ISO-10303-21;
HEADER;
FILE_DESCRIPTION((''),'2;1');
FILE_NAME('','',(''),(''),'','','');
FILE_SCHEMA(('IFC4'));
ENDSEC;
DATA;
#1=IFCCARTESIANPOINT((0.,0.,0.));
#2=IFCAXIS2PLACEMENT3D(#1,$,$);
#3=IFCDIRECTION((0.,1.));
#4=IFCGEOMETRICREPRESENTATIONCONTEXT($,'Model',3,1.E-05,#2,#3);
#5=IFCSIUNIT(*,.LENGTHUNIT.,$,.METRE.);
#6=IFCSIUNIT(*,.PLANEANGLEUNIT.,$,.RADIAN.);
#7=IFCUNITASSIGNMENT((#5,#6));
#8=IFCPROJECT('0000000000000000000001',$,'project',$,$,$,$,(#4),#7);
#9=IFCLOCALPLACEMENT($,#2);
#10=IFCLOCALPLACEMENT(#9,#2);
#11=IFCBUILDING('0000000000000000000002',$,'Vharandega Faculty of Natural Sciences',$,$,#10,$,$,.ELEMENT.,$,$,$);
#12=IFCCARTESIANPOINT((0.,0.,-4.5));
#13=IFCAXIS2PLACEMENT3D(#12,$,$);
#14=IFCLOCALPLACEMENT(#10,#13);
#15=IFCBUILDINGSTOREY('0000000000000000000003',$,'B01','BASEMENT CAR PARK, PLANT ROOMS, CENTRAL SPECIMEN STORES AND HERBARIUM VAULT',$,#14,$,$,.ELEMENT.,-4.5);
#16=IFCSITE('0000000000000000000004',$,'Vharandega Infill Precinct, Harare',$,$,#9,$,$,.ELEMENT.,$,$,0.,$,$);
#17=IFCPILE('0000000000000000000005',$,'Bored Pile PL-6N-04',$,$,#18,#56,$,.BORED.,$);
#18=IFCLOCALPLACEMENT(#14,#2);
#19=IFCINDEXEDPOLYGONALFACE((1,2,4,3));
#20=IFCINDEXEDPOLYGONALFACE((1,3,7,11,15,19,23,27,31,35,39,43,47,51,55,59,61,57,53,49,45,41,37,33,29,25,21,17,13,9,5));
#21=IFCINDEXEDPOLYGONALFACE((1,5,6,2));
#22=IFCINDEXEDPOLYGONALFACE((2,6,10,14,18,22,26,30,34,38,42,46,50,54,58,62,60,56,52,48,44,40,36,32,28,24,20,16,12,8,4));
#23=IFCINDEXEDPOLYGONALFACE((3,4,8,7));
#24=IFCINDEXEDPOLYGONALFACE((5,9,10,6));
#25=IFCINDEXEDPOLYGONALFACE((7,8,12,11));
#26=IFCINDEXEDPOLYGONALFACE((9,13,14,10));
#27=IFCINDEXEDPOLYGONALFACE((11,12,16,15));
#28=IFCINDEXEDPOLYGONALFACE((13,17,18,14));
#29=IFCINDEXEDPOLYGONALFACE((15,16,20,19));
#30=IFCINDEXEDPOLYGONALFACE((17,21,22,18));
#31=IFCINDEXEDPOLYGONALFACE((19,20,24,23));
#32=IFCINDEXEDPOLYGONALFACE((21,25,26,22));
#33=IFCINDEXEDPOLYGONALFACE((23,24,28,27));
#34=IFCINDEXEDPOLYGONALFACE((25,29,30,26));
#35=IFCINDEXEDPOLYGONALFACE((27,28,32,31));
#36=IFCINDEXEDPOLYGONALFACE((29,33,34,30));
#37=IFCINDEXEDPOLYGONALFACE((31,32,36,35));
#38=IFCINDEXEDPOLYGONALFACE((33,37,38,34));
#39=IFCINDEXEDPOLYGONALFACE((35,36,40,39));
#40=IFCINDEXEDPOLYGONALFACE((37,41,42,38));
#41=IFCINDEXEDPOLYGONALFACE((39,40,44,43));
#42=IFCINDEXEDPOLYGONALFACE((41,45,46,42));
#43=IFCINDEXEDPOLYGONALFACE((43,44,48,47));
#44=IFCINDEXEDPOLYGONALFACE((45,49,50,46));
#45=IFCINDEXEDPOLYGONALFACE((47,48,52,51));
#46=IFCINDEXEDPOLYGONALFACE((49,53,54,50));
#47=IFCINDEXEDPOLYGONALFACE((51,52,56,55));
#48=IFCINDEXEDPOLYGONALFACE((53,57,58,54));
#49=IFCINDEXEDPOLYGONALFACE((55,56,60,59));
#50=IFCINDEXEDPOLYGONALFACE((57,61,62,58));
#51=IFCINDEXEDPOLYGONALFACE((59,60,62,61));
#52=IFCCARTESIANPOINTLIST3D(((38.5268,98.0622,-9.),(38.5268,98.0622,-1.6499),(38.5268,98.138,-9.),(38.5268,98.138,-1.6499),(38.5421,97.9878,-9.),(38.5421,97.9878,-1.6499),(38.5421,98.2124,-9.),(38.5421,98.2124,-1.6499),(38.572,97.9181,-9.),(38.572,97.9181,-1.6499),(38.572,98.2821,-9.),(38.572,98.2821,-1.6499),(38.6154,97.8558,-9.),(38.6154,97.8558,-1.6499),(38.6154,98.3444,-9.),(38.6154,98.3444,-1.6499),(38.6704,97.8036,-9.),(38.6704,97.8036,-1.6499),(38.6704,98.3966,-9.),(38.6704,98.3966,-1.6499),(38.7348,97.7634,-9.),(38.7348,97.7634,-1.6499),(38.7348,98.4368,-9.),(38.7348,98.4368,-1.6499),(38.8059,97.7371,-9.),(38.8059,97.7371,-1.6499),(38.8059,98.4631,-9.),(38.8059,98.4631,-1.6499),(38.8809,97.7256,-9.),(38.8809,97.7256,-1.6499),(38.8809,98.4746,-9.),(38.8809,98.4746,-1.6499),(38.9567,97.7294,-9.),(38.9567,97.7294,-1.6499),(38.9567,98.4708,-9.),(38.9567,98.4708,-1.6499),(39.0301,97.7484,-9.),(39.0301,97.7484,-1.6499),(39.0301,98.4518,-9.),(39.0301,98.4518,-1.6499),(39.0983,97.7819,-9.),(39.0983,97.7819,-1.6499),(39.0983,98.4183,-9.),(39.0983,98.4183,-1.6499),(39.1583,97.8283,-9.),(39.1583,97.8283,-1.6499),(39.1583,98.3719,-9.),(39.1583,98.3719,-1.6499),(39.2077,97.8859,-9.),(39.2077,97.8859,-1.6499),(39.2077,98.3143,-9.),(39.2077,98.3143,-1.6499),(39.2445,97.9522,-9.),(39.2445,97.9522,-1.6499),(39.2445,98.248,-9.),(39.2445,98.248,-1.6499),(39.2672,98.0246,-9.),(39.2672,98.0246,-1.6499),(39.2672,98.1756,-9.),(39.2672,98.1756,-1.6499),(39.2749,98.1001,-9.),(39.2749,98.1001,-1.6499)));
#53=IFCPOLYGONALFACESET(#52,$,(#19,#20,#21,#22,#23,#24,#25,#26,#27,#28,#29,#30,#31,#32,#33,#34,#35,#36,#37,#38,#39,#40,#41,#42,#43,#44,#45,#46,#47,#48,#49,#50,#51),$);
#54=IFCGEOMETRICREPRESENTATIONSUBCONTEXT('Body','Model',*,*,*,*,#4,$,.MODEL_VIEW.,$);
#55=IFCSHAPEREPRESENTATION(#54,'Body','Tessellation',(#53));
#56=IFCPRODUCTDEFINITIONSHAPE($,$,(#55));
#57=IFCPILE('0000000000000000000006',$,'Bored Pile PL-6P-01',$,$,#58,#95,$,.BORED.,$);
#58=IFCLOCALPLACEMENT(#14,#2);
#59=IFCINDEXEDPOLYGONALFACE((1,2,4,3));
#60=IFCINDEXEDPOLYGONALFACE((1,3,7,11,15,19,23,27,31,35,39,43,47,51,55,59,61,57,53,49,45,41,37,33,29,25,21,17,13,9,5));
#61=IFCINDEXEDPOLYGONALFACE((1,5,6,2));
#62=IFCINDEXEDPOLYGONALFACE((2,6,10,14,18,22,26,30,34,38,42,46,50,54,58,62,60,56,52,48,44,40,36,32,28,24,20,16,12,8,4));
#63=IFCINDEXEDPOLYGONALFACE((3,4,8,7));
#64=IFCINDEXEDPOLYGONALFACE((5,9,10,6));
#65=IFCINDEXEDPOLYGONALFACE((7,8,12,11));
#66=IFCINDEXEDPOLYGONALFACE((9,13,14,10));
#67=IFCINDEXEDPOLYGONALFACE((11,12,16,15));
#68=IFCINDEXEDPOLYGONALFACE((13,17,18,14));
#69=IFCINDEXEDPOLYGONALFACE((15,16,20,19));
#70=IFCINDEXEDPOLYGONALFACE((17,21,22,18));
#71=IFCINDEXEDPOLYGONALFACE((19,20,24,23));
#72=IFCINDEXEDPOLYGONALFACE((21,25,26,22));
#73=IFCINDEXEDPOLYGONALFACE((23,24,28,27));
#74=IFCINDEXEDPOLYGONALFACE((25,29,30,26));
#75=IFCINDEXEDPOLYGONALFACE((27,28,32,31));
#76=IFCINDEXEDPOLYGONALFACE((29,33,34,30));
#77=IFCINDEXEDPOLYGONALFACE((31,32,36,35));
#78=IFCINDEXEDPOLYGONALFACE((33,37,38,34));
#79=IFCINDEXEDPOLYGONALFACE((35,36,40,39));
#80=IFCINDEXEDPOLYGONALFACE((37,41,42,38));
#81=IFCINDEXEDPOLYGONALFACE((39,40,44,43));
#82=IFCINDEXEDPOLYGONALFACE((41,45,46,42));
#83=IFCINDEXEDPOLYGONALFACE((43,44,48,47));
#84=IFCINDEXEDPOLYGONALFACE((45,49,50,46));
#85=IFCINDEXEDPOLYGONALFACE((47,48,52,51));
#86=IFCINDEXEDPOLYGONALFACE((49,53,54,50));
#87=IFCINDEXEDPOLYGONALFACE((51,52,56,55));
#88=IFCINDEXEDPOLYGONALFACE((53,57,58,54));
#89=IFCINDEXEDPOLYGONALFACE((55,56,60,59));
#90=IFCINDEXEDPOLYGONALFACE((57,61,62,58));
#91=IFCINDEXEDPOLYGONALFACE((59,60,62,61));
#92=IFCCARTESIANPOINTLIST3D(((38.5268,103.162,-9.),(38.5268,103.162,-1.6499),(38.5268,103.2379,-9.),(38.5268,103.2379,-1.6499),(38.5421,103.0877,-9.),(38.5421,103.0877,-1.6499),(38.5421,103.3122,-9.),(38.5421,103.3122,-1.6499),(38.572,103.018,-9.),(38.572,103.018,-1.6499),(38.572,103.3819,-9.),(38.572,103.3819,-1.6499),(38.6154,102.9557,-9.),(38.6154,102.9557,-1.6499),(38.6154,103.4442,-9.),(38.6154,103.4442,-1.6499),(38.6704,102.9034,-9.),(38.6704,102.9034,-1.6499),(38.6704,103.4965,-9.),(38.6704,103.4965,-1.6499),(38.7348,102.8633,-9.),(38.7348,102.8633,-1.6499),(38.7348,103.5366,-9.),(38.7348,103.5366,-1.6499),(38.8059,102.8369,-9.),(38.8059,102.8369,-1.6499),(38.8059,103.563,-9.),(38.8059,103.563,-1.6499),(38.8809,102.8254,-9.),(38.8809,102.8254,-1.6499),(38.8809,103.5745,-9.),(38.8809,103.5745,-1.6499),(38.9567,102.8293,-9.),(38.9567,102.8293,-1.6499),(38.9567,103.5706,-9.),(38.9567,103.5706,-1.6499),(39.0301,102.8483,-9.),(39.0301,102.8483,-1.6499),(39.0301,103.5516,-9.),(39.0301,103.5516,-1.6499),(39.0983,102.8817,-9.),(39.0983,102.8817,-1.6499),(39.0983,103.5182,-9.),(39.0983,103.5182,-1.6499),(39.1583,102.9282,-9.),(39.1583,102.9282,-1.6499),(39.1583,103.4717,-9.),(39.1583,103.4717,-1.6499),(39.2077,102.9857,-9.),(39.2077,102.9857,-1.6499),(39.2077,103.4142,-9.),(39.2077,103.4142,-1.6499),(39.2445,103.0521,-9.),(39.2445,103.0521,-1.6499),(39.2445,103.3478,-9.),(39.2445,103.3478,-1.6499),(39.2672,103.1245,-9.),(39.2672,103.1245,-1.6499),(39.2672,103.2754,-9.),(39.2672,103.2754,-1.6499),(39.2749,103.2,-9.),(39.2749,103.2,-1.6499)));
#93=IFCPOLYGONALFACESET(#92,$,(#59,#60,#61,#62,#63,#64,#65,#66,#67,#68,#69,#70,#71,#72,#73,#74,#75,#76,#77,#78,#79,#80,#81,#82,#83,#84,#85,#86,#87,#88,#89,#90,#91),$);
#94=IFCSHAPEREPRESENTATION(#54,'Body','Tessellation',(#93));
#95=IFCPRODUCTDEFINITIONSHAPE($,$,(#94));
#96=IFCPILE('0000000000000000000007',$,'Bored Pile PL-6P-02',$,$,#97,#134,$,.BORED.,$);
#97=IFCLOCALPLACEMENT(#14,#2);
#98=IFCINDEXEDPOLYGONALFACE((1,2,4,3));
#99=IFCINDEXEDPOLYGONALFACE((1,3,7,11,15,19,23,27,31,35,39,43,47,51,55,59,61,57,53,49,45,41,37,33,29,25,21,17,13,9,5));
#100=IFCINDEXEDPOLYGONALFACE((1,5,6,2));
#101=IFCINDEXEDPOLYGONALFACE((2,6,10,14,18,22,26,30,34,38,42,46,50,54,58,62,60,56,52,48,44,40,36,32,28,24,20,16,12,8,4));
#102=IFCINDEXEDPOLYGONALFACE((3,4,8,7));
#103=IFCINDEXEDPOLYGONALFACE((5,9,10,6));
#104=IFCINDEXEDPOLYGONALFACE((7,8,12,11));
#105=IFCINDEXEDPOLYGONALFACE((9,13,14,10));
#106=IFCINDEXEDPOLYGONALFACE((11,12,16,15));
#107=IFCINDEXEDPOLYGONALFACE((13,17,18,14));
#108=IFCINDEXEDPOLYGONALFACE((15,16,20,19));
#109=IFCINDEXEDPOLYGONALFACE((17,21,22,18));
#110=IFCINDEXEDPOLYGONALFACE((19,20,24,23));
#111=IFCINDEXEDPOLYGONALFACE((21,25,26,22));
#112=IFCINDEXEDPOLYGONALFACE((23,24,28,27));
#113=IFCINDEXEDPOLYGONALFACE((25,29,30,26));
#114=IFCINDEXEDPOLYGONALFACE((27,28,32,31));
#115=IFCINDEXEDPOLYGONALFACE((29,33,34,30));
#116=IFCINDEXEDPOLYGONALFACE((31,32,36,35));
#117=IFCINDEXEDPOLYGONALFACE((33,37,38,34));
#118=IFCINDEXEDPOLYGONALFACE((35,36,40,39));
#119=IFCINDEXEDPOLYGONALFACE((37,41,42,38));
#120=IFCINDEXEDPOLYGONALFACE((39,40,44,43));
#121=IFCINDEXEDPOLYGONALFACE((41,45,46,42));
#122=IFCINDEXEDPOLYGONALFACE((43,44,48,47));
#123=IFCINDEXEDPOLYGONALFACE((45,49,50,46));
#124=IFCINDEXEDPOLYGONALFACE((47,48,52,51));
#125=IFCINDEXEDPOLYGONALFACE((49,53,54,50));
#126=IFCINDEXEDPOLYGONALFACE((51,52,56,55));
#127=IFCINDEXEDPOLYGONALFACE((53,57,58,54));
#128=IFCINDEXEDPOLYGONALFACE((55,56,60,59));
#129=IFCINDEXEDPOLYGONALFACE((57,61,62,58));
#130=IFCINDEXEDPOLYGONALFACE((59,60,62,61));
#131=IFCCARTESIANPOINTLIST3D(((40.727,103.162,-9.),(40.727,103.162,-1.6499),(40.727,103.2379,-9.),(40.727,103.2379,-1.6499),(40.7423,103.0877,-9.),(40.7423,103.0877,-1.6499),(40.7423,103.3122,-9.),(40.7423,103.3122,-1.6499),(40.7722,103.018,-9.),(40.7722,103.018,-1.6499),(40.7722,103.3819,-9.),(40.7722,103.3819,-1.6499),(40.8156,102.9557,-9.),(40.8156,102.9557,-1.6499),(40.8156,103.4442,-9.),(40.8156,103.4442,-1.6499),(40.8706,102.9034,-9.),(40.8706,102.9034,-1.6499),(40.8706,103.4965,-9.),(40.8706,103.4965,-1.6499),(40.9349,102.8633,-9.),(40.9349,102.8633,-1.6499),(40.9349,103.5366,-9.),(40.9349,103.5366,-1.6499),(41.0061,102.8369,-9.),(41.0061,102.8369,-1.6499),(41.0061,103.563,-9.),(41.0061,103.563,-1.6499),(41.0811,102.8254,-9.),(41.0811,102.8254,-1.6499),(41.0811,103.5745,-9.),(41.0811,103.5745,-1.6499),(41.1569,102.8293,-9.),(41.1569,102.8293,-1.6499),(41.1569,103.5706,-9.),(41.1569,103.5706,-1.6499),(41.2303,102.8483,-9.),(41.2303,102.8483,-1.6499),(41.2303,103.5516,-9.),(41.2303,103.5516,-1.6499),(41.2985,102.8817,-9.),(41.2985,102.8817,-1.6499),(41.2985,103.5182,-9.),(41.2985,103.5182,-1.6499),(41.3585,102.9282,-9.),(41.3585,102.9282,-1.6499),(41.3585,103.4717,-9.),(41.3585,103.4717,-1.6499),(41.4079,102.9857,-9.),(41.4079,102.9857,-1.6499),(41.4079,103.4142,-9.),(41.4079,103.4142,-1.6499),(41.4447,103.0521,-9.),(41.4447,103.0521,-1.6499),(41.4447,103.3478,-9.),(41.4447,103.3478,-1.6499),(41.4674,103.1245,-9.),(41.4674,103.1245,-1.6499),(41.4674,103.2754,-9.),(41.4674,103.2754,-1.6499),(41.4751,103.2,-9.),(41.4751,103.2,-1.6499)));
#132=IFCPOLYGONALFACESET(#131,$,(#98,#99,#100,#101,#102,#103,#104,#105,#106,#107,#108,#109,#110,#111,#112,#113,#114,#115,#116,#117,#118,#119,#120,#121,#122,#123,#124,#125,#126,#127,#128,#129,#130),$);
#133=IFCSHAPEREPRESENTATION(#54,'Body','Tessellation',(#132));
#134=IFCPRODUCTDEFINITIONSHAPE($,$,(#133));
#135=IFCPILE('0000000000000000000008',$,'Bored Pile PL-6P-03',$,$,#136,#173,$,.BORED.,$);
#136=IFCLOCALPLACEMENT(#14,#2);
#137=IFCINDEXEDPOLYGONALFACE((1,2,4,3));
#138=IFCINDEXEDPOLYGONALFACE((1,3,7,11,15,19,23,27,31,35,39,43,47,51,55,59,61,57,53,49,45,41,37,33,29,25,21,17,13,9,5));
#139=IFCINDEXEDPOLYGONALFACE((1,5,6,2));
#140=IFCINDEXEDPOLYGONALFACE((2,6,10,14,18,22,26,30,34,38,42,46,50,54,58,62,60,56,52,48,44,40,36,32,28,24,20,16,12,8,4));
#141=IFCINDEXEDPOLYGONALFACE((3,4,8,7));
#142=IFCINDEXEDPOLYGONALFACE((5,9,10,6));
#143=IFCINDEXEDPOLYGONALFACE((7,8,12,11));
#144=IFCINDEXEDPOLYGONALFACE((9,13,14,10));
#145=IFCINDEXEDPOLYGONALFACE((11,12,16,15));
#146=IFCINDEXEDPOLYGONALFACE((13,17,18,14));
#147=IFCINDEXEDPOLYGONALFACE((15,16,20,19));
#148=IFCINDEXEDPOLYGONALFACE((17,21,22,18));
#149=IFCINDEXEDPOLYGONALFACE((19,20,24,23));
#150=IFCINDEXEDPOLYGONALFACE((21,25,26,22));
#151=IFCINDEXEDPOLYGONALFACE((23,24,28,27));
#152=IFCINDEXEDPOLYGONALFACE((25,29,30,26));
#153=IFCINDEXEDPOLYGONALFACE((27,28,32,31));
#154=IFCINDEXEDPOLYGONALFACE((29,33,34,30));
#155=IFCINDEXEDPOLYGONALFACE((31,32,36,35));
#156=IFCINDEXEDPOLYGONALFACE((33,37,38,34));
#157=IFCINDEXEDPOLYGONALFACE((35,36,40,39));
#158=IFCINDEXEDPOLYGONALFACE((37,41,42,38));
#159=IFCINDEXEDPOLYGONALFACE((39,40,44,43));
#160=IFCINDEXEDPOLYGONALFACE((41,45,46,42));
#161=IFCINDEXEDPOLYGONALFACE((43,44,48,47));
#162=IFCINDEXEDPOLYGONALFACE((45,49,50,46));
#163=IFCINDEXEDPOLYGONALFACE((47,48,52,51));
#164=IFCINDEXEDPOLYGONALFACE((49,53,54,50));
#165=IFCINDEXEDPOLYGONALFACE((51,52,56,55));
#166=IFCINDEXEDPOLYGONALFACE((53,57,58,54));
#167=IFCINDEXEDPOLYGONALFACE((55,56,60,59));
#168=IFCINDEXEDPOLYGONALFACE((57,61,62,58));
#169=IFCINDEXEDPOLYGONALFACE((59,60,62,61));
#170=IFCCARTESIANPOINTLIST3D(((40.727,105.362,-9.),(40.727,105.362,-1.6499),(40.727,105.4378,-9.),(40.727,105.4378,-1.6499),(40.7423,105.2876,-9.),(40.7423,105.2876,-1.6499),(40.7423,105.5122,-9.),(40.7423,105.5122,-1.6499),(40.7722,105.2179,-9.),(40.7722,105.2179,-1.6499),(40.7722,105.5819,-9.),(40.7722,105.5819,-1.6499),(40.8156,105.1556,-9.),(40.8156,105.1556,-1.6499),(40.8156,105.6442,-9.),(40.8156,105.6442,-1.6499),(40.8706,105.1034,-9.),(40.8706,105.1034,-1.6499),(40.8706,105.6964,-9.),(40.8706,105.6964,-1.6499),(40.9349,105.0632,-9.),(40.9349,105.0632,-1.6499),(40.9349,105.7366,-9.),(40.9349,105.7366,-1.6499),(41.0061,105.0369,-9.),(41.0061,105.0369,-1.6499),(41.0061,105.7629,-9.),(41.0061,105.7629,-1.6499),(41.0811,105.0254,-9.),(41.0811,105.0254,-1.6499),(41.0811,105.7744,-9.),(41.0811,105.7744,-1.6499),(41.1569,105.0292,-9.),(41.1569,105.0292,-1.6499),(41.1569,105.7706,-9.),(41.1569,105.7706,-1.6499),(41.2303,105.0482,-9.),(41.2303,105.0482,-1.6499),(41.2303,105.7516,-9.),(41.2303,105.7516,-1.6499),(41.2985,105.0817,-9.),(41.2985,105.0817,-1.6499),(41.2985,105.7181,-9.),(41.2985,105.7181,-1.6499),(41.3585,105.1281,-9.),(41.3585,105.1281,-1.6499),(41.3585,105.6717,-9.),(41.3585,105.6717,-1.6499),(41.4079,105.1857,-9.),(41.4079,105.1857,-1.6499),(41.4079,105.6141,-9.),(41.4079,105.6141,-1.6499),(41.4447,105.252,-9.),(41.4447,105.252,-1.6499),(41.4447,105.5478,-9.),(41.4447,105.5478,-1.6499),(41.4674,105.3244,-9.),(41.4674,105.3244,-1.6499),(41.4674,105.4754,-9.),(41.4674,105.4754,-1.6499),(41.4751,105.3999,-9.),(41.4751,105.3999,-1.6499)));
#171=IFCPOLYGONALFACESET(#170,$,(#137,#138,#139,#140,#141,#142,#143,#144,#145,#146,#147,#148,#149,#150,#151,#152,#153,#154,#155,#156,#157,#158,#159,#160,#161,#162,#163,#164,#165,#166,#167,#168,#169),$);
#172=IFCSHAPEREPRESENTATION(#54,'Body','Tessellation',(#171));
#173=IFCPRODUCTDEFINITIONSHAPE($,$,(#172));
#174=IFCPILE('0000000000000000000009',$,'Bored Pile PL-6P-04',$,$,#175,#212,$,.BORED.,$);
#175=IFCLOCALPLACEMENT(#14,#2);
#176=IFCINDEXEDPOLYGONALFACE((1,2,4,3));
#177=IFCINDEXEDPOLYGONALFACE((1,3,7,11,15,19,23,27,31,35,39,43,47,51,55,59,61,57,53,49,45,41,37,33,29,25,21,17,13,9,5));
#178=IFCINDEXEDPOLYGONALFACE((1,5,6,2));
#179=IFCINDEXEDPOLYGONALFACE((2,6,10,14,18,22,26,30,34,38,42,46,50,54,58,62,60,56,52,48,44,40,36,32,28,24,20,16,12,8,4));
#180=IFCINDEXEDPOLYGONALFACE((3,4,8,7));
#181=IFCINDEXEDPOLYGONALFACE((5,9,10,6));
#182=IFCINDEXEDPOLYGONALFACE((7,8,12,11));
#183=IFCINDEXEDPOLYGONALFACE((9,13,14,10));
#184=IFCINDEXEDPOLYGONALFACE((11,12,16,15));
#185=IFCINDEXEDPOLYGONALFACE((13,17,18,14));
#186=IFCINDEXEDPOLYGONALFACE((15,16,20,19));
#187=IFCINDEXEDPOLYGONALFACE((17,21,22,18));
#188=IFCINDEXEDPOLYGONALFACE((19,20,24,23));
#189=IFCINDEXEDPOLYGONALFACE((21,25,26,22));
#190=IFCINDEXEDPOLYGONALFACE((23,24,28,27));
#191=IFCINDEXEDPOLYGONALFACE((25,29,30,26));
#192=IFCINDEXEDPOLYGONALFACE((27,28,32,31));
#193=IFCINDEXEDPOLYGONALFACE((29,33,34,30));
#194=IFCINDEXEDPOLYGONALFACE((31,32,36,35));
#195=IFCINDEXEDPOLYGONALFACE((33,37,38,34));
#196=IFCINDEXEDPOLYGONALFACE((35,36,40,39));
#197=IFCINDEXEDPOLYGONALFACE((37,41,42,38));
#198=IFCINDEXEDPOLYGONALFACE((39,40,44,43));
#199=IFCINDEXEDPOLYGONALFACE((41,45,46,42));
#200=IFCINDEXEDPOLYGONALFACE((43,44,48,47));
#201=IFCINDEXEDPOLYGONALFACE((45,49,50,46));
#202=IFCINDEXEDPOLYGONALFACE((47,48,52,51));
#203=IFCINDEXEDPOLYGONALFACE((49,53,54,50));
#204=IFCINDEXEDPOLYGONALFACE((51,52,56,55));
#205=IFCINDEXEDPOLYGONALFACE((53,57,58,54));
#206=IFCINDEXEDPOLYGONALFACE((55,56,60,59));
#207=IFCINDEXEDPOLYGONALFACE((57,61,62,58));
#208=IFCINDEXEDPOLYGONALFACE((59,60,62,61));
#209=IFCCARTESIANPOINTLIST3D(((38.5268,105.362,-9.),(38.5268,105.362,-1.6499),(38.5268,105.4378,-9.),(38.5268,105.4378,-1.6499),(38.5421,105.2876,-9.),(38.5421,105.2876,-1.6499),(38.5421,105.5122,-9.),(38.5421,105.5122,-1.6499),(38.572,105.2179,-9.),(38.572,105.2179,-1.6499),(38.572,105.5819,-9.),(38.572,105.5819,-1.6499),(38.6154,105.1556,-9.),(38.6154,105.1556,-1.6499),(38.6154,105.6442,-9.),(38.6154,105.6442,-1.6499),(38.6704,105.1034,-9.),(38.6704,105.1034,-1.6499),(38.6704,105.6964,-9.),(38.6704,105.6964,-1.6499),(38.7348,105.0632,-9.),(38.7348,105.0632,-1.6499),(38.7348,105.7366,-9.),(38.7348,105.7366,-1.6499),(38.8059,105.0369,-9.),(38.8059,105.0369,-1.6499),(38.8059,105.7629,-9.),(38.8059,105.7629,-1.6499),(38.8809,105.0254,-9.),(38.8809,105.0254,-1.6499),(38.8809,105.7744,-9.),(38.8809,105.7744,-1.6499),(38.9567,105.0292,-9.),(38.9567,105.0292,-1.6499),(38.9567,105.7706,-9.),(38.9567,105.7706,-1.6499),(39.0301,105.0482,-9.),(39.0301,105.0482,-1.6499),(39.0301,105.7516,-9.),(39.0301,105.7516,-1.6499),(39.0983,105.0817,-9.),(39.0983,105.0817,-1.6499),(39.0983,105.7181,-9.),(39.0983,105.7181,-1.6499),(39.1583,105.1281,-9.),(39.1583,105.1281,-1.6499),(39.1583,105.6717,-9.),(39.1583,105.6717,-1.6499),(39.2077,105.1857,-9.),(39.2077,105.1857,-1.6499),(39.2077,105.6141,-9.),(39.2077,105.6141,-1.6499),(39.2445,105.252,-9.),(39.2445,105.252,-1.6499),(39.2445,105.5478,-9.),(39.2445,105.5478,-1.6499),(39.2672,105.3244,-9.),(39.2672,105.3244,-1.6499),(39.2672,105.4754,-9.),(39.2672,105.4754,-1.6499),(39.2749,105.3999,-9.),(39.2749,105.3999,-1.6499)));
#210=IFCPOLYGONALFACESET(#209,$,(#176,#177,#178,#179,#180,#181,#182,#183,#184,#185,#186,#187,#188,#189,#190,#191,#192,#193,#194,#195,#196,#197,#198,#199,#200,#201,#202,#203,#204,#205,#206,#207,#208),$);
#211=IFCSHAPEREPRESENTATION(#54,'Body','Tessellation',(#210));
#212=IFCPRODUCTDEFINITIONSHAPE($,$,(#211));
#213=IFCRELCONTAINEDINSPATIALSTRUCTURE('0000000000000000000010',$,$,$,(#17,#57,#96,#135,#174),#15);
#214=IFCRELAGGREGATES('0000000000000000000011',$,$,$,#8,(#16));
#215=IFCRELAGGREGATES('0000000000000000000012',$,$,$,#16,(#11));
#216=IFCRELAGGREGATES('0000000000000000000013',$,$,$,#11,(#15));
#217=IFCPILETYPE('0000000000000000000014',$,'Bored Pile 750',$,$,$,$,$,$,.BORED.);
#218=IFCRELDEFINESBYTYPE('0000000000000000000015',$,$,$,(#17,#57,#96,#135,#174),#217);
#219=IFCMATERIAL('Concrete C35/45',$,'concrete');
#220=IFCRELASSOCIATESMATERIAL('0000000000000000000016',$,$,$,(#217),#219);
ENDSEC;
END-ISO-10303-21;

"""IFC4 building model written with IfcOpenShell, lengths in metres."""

from ifc_helpers import new_model, si_unit, direction, frame, origin, origin_2d, place, context, subcontext, project, spatial, circle, extrude, material, material_profile, profile_set, type_object, element, save


model = new_model("IFC4")

# Units and contexts
model_context = context("Model", 3, precision=1e-05, world=origin(), true_north=direction((0.0, 1.0)))
body_context = subcontext(model_context, "Body", "Model", "MODEL_VIEW")
ifc_project = project(units=[si_unit("LENGTHUNIT", "METRE"), si_unit("PLANEANGLEUNIT", "RADIAN")], contexts=[model_context])

# Site, building, storey
site_placement = place(None, origin())
site = spatial("IfcSite", under=ifc_project, at=site_placement, Name="Vharandega Infill Precinct, Harare", CompositionType="ELEMENT", RefElevation=0.0)
building_placement = place(site_placement, origin())
building = spatial("IfcBuilding", under=site, at=building_placement, Name="Vharandega Faculty of Natural Sciences", CompositionType="ELEMENT")
storey_placement = place(building_placement, frame((0.0, 0.0, -4.5)))
storey = spatial("IfcBuildingStorey", under=building, at=storey_placement, Name="B01", Description="BASEMENT CAR PARK, PLANT ROOMS, CENTRAL SPECIMEN STORES AND HERBARIUM VAULT", CompositionType="ELEMENT", Elevation=-4.5)

# Piles
ifc_material_1 = material(Name="Concrete C35/45", Category="concrete")
ifc_material_profile_1 = material_profile(ifc_material_1, circle(Radius=0.375, at=origin_2d()), Name="PILE 750")
ifc_profile_set_1 = profile_set([ifc_material_profile_1], Name="Concrete C35/45")
pile_type = type_object("IfcPileType", Name="Bored Pile 750", PredefinedType="BORED", material=ifc_profile_set_1)
for number, where, z_axis, x_axis, name in (
    (1, (38.8999, 98.1001, -1.6499), (0.0, 0.0, -1.0), (1.0, 0.0, 0.0), "Bored Pile PL-6N-04"),
    (2, (38.8999, 103.2, -1.6499), (0.0, 0.0, -1.0), (1.0, 0.0, 0.0), "Bored Pile PL-6P-01"),
    (3, (41.1001, 103.2, -1.6499), (0.0, 0.0, -1.0), (1.0, 0.0, 0.0), "Bored Pile PL-6P-02"),
    (4, (41.1001, 105.3999, -1.6499), (0.0, 0.0, -1.0), (1.0, 0.0, 0.0), "Bored Pile PL-6P-03"),
    (5, (38.8999, 105.3999, -1.6499), (0.0, 0.0, -1.0), (1.0, 0.0, 0.0), "Bored Pile PL-6P-04"),
):
    element("IfcPile", number, at=place(storey_placement, frame(where, z_axis=z_axis, x_axis=x_axis)), inside=storey, type_object=pile_type, Name=name, PredefinedType="BORED", context=body_context, shape_type="SweptSolid", body=[
        extrude(circle(Radius=0.375, at=origin_2d()), origin(), (0.0, 0.0, 1.0), 7.3501),
    ])

save(model, "model.ifc")
